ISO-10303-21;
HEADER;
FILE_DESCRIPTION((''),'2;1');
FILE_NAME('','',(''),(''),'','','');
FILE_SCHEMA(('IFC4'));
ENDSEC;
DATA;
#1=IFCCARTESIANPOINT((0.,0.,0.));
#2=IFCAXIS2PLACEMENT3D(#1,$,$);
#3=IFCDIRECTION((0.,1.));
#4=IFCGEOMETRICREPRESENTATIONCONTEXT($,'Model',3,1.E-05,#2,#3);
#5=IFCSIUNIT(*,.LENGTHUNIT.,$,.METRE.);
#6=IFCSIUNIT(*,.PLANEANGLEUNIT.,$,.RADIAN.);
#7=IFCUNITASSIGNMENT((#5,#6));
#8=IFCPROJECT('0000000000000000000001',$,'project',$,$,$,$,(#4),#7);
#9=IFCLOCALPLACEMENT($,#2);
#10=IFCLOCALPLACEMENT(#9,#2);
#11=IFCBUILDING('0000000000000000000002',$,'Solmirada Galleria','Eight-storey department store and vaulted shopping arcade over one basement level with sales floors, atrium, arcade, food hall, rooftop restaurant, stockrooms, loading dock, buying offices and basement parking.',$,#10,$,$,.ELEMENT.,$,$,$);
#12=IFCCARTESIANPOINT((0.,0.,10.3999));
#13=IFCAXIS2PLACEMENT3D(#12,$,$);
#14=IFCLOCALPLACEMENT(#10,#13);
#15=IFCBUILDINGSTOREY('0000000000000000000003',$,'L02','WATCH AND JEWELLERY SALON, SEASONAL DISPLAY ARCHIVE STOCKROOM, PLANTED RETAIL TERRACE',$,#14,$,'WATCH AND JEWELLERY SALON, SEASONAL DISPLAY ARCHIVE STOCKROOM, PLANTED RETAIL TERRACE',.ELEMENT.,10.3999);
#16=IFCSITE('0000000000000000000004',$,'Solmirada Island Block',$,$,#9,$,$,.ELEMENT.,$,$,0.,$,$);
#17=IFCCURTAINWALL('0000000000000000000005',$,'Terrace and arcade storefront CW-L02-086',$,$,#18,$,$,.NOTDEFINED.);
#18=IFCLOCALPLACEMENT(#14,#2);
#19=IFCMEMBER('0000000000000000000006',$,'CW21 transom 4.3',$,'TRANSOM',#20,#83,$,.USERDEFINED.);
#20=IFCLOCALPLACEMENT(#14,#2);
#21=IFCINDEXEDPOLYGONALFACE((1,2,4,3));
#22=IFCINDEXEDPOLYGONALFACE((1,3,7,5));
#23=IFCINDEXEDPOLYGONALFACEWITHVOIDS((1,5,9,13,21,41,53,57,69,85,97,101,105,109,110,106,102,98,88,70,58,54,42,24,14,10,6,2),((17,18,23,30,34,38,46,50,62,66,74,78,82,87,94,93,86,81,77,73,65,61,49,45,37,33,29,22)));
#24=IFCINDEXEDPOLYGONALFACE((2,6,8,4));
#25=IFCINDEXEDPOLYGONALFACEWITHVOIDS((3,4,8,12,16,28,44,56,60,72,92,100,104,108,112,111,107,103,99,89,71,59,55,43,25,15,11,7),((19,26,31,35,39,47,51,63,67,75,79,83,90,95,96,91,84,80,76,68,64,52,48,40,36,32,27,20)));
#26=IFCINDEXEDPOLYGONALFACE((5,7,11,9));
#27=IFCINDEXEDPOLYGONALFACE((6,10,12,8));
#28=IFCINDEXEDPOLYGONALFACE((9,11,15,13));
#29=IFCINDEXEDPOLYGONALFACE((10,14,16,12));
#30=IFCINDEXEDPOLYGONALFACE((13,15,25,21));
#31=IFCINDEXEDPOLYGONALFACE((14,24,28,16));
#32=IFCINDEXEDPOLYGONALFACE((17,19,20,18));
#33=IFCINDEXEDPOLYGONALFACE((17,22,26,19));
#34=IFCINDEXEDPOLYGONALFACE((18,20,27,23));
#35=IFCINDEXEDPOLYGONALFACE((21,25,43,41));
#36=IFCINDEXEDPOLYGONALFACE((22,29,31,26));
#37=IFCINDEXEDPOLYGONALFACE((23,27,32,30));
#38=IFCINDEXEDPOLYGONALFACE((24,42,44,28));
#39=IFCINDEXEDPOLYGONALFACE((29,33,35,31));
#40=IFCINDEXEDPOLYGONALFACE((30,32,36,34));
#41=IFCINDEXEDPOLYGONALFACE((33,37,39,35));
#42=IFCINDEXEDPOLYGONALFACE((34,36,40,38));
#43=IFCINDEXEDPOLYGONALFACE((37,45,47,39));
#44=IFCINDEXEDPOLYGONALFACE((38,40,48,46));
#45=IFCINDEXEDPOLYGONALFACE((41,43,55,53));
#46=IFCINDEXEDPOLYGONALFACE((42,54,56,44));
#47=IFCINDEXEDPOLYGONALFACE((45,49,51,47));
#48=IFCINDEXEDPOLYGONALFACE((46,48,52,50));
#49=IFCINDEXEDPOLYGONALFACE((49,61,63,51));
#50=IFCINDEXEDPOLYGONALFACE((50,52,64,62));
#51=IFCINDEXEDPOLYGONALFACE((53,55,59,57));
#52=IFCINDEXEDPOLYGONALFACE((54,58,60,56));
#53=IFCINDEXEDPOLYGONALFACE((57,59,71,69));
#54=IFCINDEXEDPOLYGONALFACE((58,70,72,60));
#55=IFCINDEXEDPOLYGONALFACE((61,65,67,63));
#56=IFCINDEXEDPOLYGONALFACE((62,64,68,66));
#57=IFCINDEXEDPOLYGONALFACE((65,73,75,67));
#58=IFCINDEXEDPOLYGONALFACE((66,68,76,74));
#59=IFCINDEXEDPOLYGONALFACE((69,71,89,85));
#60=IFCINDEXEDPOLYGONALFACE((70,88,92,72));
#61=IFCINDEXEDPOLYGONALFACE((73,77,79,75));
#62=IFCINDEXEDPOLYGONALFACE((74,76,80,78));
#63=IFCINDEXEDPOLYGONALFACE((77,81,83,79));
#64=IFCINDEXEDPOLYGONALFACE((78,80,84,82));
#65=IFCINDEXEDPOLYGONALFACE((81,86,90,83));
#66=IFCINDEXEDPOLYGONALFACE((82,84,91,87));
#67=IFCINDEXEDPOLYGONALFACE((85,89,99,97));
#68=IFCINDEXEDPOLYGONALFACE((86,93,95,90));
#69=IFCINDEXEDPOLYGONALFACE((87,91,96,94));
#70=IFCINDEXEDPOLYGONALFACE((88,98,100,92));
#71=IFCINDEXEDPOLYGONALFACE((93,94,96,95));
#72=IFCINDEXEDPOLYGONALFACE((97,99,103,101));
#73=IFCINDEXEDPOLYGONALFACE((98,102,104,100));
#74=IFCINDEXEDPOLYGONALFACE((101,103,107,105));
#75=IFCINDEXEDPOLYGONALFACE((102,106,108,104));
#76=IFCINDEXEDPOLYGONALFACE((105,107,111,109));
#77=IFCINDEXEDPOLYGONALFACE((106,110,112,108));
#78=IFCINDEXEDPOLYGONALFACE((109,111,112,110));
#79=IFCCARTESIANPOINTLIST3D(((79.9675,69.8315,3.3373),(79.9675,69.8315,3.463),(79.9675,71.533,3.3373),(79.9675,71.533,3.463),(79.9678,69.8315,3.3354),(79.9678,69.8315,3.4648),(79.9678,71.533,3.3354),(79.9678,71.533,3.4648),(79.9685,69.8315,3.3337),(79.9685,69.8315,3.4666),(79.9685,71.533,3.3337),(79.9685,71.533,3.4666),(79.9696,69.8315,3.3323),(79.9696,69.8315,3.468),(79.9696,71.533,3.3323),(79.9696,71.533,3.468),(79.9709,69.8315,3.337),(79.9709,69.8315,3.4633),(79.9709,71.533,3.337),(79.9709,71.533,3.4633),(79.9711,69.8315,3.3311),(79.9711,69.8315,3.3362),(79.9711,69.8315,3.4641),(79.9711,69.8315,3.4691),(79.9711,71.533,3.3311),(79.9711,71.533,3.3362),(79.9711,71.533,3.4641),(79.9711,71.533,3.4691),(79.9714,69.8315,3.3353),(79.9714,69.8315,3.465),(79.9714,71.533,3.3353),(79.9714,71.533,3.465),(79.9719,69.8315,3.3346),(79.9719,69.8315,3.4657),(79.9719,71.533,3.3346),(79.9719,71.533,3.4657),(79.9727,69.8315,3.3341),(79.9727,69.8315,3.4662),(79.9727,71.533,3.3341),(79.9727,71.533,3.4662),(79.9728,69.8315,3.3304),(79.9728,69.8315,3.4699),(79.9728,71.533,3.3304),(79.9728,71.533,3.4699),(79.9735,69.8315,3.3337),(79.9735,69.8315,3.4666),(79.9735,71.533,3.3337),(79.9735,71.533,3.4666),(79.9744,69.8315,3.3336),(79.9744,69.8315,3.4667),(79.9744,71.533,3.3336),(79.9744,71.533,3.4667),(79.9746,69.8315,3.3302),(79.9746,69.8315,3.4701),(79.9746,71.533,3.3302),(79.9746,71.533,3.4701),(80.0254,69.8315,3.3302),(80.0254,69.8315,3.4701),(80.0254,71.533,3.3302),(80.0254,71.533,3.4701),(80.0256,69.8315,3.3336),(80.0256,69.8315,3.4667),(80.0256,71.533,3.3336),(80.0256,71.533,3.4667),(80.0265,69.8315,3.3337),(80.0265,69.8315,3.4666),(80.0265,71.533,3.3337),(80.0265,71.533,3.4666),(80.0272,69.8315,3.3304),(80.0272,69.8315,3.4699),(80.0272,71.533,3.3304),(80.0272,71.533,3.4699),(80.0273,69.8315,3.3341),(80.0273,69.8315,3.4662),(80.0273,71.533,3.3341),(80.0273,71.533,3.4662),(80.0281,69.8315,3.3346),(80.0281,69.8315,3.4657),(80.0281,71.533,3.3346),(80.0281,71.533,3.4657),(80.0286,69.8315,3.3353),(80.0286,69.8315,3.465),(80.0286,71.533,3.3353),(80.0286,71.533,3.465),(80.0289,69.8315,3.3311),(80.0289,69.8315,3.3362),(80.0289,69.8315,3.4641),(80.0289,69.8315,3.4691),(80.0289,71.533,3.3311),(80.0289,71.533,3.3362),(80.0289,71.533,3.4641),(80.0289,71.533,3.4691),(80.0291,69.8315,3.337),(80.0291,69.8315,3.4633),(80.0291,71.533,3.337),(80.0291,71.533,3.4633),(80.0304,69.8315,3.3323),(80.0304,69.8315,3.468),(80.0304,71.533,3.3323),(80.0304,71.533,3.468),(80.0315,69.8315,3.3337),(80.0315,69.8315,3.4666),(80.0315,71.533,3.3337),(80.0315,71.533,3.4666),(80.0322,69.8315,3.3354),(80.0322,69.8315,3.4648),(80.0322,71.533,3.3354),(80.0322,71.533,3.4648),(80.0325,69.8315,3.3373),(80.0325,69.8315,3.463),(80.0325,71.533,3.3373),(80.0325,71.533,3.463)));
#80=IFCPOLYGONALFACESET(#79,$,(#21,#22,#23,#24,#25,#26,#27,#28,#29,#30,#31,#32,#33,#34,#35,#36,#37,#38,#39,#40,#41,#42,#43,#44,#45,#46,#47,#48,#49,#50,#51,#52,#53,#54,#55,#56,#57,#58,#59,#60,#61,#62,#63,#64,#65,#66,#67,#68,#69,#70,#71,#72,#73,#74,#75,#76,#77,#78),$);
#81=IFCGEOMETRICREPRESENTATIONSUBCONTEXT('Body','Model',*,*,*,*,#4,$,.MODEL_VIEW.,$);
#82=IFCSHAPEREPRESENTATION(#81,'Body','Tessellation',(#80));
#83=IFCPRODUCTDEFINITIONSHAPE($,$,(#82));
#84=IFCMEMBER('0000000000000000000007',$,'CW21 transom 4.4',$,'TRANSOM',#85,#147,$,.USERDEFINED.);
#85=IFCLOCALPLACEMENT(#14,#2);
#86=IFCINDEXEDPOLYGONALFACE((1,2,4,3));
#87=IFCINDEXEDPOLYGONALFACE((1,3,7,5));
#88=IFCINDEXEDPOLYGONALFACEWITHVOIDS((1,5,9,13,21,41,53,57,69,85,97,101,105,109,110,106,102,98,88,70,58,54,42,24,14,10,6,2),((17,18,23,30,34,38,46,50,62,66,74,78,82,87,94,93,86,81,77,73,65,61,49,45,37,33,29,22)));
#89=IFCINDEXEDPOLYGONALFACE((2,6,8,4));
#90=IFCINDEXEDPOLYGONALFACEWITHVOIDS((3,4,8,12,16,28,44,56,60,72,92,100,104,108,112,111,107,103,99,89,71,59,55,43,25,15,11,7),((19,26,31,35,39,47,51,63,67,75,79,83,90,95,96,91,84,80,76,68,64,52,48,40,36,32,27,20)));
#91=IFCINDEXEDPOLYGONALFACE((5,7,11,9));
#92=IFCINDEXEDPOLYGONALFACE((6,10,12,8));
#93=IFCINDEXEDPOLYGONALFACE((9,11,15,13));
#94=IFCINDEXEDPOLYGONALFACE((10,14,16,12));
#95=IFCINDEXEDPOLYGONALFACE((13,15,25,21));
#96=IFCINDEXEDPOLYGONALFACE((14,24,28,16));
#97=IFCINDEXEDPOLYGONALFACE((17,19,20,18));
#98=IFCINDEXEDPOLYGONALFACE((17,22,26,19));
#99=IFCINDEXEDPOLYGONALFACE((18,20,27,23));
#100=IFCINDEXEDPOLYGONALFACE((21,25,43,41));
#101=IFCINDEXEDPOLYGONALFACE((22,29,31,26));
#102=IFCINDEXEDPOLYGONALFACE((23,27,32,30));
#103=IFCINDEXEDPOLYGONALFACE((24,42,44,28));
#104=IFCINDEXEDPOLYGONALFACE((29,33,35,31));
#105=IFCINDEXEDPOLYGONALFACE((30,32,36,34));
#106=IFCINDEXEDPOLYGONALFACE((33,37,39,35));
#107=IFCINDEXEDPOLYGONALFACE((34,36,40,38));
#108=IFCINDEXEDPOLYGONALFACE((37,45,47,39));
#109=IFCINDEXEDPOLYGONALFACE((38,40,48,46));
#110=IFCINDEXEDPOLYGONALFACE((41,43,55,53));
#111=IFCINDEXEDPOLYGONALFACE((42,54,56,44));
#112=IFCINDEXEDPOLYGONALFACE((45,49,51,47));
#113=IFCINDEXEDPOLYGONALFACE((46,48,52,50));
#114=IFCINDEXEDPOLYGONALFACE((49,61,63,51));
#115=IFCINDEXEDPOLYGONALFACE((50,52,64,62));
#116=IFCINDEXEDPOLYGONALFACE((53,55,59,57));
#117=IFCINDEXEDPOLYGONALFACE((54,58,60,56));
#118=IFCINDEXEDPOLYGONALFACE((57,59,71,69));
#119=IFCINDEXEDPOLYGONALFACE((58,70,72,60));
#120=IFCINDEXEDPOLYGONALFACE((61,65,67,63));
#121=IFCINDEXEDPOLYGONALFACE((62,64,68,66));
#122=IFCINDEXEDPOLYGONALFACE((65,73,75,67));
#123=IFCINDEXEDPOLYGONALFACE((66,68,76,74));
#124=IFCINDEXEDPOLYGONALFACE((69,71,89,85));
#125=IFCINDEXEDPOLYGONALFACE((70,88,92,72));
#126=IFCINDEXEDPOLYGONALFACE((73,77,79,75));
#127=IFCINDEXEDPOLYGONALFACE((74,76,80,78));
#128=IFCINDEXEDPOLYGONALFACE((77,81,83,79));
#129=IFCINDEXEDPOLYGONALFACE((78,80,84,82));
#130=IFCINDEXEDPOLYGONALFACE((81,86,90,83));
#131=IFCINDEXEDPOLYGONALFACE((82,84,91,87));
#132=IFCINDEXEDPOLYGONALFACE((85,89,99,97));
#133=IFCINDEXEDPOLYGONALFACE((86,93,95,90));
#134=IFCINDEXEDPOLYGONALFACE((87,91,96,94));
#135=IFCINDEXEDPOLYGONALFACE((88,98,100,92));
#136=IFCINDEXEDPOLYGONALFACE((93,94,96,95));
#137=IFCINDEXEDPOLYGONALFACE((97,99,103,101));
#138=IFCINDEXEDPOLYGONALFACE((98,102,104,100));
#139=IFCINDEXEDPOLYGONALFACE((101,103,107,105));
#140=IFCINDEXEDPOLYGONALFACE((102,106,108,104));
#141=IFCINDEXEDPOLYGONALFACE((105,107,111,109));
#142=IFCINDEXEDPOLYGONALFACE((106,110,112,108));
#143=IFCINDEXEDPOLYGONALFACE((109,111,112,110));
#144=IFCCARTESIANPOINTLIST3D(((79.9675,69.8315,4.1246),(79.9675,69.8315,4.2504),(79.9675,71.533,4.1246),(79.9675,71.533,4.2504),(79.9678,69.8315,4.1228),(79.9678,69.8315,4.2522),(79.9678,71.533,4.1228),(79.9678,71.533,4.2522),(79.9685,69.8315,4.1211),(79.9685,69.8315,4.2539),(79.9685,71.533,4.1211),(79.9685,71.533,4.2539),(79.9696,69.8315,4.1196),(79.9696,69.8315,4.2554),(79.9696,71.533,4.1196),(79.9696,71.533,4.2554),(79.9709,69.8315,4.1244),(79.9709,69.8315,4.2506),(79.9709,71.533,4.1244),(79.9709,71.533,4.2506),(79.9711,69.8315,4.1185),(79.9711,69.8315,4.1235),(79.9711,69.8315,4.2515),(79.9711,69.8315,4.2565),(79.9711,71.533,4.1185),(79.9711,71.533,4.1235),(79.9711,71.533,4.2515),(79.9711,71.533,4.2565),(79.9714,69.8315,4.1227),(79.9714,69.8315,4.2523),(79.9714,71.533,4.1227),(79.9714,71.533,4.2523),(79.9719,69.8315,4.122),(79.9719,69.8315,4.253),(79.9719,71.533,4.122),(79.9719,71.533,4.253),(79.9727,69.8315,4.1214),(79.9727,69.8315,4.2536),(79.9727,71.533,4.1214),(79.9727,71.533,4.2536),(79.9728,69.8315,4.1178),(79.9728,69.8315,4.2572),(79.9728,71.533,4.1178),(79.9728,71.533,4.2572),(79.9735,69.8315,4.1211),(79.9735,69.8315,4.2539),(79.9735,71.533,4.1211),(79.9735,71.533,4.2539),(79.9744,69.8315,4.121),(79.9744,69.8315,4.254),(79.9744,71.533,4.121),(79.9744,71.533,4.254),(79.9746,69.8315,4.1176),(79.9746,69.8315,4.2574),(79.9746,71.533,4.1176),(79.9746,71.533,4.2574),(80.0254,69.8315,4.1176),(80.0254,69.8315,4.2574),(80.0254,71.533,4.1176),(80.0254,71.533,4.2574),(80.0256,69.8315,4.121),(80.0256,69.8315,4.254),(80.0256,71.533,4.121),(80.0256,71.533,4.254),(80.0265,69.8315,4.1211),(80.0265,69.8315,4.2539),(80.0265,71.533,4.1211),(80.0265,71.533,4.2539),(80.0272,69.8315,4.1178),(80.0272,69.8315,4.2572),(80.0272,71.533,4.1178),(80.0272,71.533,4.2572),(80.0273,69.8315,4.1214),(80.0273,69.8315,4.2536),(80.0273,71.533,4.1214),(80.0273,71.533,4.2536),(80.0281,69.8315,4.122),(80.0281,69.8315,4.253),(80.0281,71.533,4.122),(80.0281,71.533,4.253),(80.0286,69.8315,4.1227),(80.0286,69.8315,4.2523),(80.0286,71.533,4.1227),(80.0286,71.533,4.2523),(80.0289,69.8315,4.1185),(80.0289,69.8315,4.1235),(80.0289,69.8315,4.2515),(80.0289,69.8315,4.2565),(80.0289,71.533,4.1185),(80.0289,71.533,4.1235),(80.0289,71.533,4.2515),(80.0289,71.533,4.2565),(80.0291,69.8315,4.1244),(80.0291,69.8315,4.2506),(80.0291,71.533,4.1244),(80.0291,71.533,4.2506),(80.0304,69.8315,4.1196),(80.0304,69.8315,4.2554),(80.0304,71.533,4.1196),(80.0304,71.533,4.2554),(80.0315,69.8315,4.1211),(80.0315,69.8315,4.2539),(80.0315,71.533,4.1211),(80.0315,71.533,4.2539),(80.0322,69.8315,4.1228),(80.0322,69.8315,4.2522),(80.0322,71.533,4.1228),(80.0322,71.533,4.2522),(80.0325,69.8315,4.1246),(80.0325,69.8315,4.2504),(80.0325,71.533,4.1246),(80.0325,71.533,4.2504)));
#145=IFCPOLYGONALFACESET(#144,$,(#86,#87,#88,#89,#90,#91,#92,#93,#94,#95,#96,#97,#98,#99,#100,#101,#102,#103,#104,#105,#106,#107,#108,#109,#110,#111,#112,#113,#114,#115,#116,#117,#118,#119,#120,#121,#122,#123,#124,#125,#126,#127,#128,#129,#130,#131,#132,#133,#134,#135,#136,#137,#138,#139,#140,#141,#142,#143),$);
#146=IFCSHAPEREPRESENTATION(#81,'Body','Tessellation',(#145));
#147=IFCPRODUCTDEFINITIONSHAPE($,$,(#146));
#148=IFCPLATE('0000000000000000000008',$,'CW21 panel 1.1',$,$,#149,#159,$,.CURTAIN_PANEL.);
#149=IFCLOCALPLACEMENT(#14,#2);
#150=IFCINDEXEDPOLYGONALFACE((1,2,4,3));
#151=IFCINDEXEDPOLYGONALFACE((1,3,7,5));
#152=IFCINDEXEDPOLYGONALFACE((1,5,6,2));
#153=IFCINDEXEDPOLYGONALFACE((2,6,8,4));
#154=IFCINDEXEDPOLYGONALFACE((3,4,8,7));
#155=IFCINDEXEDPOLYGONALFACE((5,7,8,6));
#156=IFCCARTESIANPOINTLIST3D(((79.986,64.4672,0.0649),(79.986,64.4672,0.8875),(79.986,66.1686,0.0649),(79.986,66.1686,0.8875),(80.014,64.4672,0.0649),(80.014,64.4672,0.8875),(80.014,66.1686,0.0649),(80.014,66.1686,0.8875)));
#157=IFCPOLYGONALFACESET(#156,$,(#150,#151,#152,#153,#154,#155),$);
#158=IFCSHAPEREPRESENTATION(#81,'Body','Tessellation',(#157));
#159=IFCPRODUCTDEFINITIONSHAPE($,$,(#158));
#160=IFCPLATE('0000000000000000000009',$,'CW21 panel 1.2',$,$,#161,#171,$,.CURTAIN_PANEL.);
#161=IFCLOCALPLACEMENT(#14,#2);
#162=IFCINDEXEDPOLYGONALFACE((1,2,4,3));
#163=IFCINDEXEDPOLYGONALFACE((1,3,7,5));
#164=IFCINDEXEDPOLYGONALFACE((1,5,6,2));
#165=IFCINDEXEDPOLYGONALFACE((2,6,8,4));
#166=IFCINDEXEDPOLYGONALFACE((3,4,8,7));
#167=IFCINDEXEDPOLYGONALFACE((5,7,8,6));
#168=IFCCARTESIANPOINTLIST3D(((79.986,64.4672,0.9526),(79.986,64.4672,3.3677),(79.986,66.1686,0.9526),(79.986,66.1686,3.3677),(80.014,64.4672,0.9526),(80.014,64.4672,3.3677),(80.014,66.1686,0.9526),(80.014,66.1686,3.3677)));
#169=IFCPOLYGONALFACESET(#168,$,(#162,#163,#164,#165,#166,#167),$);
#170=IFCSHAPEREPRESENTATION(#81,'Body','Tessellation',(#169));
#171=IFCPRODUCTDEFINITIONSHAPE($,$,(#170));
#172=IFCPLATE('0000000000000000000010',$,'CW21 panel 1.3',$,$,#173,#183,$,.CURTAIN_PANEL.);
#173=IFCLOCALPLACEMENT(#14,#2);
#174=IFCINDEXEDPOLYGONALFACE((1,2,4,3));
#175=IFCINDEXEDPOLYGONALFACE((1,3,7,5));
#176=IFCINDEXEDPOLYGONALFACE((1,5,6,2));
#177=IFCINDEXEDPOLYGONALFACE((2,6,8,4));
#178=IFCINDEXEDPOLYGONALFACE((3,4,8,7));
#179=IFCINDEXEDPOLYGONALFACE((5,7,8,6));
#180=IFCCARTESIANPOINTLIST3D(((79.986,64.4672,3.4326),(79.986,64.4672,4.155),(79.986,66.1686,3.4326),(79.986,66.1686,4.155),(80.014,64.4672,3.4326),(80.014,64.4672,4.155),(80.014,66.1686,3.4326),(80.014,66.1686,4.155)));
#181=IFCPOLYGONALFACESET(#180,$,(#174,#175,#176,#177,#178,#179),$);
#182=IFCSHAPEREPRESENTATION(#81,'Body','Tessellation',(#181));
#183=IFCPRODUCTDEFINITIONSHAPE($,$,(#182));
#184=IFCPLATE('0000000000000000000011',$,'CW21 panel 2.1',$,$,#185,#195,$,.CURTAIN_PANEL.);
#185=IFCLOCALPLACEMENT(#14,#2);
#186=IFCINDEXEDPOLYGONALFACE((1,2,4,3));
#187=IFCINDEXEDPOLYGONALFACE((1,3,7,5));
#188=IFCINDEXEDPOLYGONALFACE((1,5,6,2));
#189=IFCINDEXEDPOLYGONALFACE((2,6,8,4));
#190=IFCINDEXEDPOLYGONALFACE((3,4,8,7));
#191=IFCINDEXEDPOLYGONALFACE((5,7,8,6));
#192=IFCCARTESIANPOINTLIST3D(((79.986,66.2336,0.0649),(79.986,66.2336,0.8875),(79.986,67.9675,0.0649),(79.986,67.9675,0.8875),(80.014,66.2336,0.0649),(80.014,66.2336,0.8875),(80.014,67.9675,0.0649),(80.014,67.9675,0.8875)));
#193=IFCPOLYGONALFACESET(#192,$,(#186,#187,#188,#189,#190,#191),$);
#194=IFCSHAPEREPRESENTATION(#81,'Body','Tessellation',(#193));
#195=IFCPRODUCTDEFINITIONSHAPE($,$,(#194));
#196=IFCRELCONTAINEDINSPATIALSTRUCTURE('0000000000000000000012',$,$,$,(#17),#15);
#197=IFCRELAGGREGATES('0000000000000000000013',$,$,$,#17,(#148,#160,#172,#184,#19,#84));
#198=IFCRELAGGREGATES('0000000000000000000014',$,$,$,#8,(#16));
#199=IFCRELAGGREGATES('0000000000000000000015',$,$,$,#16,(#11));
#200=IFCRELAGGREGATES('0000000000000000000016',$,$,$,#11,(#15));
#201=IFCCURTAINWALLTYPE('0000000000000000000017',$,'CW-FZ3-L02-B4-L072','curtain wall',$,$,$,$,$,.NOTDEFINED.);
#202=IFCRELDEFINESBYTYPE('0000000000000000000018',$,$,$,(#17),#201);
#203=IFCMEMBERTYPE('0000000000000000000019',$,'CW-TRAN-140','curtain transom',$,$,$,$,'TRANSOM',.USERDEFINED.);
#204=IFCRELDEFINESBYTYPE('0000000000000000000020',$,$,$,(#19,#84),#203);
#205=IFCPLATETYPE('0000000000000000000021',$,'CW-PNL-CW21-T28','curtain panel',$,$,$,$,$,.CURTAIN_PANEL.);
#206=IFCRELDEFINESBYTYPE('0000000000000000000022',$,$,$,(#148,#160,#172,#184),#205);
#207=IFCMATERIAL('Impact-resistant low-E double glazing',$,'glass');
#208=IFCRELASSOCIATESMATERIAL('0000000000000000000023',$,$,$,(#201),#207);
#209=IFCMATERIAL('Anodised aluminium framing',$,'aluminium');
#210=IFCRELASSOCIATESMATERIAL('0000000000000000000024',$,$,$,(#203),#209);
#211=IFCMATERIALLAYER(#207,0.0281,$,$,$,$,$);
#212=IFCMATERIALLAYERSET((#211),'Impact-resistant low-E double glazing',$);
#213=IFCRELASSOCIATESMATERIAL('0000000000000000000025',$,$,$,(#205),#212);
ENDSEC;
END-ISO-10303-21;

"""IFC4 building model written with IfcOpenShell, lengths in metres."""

from ifc_helpers import new_model, si_unit, direction, frame, origin, origin_2d, place, context, subcontext, project, spatial, rectangle, hollow_rectangle, extrude, material, layer, layer_set, material_profile, profile_set, type_object, element, aggregate, save


model = new_model("IFC4")

# Units and contexts
model_context = context("Model", 3, precision=1e-05, world=origin(), true_north=direction((0.0, 1.0)))
body_context = subcontext(model_context, "Body", "Model", "MODEL_VIEW")
ifc_project = project(units=[si_unit("LENGTHUNIT", "METRE"), si_unit("PLANEANGLEUNIT", "RADIAN")], contexts=[model_context])

# Site, building, storey
site_placement = place(None, origin())
site = spatial("IfcSite", under=ifc_project, at=site_placement, Name="Solmirada Island Block", CompositionType="ELEMENT", RefElevation=0.0)
building_placement = place(site_placement, origin())
building = spatial("IfcBuilding", under=site, at=building_placement, Name="Solmirada Galleria", Description="Eight-storey department store and vaulted shopping arcade over one basement level with sales floors, atrium, arcade, food hall, rooftop restaurant, stockrooms, loading dock, buying offices and basement parking.", CompositionType="ELEMENT")
storey_placement = place(building_placement, frame((0.0, 0.0, 10.3999)))
storey = spatial("IfcBuildingStorey", under=building, at=storey_placement, Name="L02", Description="WATCH AND JEWELLERY SALON, SEASONAL DISPLAY ARCHIVE STOCKROOM, PLANTED RETAIL TERRACE", LongName="WATCH AND JEWELLERY SALON, SEASONAL DISPLAY ARCHIVE STOCKROOM, PLANTED RETAIL TERRACE", CompositionType="ELEMENT", Elevation=10.3999)

# Curtain wall
ifc_material_1 = material(Name="Impact-resistant low-E double glazing", Category="glass")
curtain_wall_type = type_object("IfcCurtainWallType", Name="CW-FZ3-L02-B4-L072", Description="curtain wall", PredefinedType="NOTDEFINED", material=ifc_material_1)
curtain_wall_1_placement = place(storey_placement, origin())
curtain_wall_1 = element("IfcCurtainWall", 1, at=curtain_wall_1_placement, inside=storey, type_object=curtain_wall_type, Name="Terrace and arcade storefront CW-L02-086", PredefinedType="NOTDEFINED")
ifc_material_2 = material(Name="Anodised aluminium framing", Category="aluminium")

# Members
ifc_material_profile_1 = material_profile(ifc_material_2, hollow_rectangle(XDim=0.0649, YDim=0.1399, WallThickness=0.0034, InnerFilletRadius=0.0034, OuterFilletRadius=0.0071, at=origin_2d()), Name="ALU-TRAN-140X65")
ifc_profile_set_1 = profile_set([ifc_material_profile_1], Name="Anodised aluminium framing")
member_type_1 = type_object("IfcMemberType", Name="CW-TRAN-140", Description="curtain transom", ElementType="TRANSOM", PredefinedType="USERDEFINED", material=ifc_profile_set_1)
member_1_placement = place(storey_placement, frame((80.0, 69.8315, 3.4001), z_axis=(0.0, 1.0, 0.0), x_axis=(-1.0, 0.0, 0.0)))
member_1 = element("IfcMember", 2, at=member_1_placement, type_object=member_type_1, Name="CW21 transom 4.3", ObjectType="TRANSOM", PredefinedType="USERDEFINED", context=body_context, shape_type="SweptSolid", body=[
    extrude(hollow_rectangle(XDim=0.0649, YDim=0.1399, WallThickness=0.0034, InnerFilletRadius=0.0034, OuterFilletRadius=0.0071, at=origin_2d()), origin(), (0.0, 0.0, 1.0), 1.7014),
])
member_2_placement = place(storey_placement, frame((80.0, 69.8315, 4.1875), z_axis=(0.0, 1.0, 0.0), x_axis=(-1.0, 0.0, 0.0)))
member_2 = element("IfcMember", 3, at=member_2_placement, type_object=member_type_1, Name="CW21 transom 4.4", ObjectType="TRANSOM", PredefinedType="USERDEFINED", context=body_context, shape_type="SweptSolid", body=[
    extrude(hollow_rectangle(XDim=0.0649, YDim=0.1399, WallThickness=0.0034, InnerFilletRadius=0.0034, OuterFilletRadius=0.0071, at=origin_2d()), origin(), (0.0, 0.0, 1.0), 1.7014),
])

# Plates
ifc_layer = layer(ifc_material_1, 0.0281)
ifc_layer_set = layer_set([ifc_layer], Name="Impact-resistant low-E double glazing")
plate_type = type_object("IfcPlateType", Name="CW-PNL-CW21-T28", Description="curtain panel", PredefinedType="CURTAIN_PANEL", material=ifc_layer_set)
plate_1_placement = place(storey_placement, frame((80.0, 65.3179, 0.0649), z_axis=(0.0, 0.0, 1.0), x_axis=(0.0, 1.0, 0.0)))
plate_1 = element("IfcPlate", 4, at=plate_1_placement, type_object=plate_type, Name="CW21 panel 1.1", PredefinedType="CURTAIN_PANEL", context=body_context, shape_type="SweptSolid", body=[
    extrude(rectangle(XDim=1.7014, YDim=0.0281, at=origin_2d()), origin(), (0.0, 0.0, 1.0), 0.8225),
])
plate_2_placement = place(storey_placement, frame((80.0, 65.3179, 0.9526), z_axis=(0.0, 0.0, 1.0), x_axis=(0.0, 1.0, 0.0)))
plate_2 = element("IfcPlate", 5, at=plate_2_placement, type_object=plate_type, Name="CW21 panel 1.2", PredefinedType="CURTAIN_PANEL", context=body_context, shape_type="SweptSolid", body=[
    extrude(rectangle(XDim=1.7014, YDim=0.0281, at=origin_2d()), origin(), (0.0, 0.0, 1.0), 2.415),
])
plate_3_placement = place(storey_placement, frame((80.0, 65.3179, 3.4326), z_axis=(0.0, 0.0, 1.0), x_axis=(0.0, 1.0, 0.0)))
plate_3 = element("IfcPlate", 6, at=plate_3_placement, type_object=plate_type, Name="CW21 panel 1.3", PredefinedType="CURTAIN_PANEL", context=body_context, shape_type="SweptSolid", body=[
    extrude(rectangle(XDim=1.7014, YDim=0.0281, at=origin_2d()), origin(), (0.0, 0.0, 1.0), 0.7224),
])
plate_4_placement = place(storey_placement, frame((80.0, 67.1006, 0.0649), z_axis=(0.0, 0.0, 1.0), x_axis=(0.0, 1.0, 0.0)))
plate_4 = element("IfcPlate", 7, at=plate_4_placement, type_object=plate_type, Name="CW21 panel 2.1", PredefinedType="CURTAIN_PANEL", context=body_context, shape_type="SweptSolid", body=[
    extrude(rectangle(XDim=1.7339, YDim=0.0281, at=origin_2d()), origin(), (0.0, 0.0, 1.0), 0.8225),
])
aggregate(curtain_wall_1, [plate_1, plate_2, plate_3, plate_4, member_1, member_2])

save(model, "model.ifc")
